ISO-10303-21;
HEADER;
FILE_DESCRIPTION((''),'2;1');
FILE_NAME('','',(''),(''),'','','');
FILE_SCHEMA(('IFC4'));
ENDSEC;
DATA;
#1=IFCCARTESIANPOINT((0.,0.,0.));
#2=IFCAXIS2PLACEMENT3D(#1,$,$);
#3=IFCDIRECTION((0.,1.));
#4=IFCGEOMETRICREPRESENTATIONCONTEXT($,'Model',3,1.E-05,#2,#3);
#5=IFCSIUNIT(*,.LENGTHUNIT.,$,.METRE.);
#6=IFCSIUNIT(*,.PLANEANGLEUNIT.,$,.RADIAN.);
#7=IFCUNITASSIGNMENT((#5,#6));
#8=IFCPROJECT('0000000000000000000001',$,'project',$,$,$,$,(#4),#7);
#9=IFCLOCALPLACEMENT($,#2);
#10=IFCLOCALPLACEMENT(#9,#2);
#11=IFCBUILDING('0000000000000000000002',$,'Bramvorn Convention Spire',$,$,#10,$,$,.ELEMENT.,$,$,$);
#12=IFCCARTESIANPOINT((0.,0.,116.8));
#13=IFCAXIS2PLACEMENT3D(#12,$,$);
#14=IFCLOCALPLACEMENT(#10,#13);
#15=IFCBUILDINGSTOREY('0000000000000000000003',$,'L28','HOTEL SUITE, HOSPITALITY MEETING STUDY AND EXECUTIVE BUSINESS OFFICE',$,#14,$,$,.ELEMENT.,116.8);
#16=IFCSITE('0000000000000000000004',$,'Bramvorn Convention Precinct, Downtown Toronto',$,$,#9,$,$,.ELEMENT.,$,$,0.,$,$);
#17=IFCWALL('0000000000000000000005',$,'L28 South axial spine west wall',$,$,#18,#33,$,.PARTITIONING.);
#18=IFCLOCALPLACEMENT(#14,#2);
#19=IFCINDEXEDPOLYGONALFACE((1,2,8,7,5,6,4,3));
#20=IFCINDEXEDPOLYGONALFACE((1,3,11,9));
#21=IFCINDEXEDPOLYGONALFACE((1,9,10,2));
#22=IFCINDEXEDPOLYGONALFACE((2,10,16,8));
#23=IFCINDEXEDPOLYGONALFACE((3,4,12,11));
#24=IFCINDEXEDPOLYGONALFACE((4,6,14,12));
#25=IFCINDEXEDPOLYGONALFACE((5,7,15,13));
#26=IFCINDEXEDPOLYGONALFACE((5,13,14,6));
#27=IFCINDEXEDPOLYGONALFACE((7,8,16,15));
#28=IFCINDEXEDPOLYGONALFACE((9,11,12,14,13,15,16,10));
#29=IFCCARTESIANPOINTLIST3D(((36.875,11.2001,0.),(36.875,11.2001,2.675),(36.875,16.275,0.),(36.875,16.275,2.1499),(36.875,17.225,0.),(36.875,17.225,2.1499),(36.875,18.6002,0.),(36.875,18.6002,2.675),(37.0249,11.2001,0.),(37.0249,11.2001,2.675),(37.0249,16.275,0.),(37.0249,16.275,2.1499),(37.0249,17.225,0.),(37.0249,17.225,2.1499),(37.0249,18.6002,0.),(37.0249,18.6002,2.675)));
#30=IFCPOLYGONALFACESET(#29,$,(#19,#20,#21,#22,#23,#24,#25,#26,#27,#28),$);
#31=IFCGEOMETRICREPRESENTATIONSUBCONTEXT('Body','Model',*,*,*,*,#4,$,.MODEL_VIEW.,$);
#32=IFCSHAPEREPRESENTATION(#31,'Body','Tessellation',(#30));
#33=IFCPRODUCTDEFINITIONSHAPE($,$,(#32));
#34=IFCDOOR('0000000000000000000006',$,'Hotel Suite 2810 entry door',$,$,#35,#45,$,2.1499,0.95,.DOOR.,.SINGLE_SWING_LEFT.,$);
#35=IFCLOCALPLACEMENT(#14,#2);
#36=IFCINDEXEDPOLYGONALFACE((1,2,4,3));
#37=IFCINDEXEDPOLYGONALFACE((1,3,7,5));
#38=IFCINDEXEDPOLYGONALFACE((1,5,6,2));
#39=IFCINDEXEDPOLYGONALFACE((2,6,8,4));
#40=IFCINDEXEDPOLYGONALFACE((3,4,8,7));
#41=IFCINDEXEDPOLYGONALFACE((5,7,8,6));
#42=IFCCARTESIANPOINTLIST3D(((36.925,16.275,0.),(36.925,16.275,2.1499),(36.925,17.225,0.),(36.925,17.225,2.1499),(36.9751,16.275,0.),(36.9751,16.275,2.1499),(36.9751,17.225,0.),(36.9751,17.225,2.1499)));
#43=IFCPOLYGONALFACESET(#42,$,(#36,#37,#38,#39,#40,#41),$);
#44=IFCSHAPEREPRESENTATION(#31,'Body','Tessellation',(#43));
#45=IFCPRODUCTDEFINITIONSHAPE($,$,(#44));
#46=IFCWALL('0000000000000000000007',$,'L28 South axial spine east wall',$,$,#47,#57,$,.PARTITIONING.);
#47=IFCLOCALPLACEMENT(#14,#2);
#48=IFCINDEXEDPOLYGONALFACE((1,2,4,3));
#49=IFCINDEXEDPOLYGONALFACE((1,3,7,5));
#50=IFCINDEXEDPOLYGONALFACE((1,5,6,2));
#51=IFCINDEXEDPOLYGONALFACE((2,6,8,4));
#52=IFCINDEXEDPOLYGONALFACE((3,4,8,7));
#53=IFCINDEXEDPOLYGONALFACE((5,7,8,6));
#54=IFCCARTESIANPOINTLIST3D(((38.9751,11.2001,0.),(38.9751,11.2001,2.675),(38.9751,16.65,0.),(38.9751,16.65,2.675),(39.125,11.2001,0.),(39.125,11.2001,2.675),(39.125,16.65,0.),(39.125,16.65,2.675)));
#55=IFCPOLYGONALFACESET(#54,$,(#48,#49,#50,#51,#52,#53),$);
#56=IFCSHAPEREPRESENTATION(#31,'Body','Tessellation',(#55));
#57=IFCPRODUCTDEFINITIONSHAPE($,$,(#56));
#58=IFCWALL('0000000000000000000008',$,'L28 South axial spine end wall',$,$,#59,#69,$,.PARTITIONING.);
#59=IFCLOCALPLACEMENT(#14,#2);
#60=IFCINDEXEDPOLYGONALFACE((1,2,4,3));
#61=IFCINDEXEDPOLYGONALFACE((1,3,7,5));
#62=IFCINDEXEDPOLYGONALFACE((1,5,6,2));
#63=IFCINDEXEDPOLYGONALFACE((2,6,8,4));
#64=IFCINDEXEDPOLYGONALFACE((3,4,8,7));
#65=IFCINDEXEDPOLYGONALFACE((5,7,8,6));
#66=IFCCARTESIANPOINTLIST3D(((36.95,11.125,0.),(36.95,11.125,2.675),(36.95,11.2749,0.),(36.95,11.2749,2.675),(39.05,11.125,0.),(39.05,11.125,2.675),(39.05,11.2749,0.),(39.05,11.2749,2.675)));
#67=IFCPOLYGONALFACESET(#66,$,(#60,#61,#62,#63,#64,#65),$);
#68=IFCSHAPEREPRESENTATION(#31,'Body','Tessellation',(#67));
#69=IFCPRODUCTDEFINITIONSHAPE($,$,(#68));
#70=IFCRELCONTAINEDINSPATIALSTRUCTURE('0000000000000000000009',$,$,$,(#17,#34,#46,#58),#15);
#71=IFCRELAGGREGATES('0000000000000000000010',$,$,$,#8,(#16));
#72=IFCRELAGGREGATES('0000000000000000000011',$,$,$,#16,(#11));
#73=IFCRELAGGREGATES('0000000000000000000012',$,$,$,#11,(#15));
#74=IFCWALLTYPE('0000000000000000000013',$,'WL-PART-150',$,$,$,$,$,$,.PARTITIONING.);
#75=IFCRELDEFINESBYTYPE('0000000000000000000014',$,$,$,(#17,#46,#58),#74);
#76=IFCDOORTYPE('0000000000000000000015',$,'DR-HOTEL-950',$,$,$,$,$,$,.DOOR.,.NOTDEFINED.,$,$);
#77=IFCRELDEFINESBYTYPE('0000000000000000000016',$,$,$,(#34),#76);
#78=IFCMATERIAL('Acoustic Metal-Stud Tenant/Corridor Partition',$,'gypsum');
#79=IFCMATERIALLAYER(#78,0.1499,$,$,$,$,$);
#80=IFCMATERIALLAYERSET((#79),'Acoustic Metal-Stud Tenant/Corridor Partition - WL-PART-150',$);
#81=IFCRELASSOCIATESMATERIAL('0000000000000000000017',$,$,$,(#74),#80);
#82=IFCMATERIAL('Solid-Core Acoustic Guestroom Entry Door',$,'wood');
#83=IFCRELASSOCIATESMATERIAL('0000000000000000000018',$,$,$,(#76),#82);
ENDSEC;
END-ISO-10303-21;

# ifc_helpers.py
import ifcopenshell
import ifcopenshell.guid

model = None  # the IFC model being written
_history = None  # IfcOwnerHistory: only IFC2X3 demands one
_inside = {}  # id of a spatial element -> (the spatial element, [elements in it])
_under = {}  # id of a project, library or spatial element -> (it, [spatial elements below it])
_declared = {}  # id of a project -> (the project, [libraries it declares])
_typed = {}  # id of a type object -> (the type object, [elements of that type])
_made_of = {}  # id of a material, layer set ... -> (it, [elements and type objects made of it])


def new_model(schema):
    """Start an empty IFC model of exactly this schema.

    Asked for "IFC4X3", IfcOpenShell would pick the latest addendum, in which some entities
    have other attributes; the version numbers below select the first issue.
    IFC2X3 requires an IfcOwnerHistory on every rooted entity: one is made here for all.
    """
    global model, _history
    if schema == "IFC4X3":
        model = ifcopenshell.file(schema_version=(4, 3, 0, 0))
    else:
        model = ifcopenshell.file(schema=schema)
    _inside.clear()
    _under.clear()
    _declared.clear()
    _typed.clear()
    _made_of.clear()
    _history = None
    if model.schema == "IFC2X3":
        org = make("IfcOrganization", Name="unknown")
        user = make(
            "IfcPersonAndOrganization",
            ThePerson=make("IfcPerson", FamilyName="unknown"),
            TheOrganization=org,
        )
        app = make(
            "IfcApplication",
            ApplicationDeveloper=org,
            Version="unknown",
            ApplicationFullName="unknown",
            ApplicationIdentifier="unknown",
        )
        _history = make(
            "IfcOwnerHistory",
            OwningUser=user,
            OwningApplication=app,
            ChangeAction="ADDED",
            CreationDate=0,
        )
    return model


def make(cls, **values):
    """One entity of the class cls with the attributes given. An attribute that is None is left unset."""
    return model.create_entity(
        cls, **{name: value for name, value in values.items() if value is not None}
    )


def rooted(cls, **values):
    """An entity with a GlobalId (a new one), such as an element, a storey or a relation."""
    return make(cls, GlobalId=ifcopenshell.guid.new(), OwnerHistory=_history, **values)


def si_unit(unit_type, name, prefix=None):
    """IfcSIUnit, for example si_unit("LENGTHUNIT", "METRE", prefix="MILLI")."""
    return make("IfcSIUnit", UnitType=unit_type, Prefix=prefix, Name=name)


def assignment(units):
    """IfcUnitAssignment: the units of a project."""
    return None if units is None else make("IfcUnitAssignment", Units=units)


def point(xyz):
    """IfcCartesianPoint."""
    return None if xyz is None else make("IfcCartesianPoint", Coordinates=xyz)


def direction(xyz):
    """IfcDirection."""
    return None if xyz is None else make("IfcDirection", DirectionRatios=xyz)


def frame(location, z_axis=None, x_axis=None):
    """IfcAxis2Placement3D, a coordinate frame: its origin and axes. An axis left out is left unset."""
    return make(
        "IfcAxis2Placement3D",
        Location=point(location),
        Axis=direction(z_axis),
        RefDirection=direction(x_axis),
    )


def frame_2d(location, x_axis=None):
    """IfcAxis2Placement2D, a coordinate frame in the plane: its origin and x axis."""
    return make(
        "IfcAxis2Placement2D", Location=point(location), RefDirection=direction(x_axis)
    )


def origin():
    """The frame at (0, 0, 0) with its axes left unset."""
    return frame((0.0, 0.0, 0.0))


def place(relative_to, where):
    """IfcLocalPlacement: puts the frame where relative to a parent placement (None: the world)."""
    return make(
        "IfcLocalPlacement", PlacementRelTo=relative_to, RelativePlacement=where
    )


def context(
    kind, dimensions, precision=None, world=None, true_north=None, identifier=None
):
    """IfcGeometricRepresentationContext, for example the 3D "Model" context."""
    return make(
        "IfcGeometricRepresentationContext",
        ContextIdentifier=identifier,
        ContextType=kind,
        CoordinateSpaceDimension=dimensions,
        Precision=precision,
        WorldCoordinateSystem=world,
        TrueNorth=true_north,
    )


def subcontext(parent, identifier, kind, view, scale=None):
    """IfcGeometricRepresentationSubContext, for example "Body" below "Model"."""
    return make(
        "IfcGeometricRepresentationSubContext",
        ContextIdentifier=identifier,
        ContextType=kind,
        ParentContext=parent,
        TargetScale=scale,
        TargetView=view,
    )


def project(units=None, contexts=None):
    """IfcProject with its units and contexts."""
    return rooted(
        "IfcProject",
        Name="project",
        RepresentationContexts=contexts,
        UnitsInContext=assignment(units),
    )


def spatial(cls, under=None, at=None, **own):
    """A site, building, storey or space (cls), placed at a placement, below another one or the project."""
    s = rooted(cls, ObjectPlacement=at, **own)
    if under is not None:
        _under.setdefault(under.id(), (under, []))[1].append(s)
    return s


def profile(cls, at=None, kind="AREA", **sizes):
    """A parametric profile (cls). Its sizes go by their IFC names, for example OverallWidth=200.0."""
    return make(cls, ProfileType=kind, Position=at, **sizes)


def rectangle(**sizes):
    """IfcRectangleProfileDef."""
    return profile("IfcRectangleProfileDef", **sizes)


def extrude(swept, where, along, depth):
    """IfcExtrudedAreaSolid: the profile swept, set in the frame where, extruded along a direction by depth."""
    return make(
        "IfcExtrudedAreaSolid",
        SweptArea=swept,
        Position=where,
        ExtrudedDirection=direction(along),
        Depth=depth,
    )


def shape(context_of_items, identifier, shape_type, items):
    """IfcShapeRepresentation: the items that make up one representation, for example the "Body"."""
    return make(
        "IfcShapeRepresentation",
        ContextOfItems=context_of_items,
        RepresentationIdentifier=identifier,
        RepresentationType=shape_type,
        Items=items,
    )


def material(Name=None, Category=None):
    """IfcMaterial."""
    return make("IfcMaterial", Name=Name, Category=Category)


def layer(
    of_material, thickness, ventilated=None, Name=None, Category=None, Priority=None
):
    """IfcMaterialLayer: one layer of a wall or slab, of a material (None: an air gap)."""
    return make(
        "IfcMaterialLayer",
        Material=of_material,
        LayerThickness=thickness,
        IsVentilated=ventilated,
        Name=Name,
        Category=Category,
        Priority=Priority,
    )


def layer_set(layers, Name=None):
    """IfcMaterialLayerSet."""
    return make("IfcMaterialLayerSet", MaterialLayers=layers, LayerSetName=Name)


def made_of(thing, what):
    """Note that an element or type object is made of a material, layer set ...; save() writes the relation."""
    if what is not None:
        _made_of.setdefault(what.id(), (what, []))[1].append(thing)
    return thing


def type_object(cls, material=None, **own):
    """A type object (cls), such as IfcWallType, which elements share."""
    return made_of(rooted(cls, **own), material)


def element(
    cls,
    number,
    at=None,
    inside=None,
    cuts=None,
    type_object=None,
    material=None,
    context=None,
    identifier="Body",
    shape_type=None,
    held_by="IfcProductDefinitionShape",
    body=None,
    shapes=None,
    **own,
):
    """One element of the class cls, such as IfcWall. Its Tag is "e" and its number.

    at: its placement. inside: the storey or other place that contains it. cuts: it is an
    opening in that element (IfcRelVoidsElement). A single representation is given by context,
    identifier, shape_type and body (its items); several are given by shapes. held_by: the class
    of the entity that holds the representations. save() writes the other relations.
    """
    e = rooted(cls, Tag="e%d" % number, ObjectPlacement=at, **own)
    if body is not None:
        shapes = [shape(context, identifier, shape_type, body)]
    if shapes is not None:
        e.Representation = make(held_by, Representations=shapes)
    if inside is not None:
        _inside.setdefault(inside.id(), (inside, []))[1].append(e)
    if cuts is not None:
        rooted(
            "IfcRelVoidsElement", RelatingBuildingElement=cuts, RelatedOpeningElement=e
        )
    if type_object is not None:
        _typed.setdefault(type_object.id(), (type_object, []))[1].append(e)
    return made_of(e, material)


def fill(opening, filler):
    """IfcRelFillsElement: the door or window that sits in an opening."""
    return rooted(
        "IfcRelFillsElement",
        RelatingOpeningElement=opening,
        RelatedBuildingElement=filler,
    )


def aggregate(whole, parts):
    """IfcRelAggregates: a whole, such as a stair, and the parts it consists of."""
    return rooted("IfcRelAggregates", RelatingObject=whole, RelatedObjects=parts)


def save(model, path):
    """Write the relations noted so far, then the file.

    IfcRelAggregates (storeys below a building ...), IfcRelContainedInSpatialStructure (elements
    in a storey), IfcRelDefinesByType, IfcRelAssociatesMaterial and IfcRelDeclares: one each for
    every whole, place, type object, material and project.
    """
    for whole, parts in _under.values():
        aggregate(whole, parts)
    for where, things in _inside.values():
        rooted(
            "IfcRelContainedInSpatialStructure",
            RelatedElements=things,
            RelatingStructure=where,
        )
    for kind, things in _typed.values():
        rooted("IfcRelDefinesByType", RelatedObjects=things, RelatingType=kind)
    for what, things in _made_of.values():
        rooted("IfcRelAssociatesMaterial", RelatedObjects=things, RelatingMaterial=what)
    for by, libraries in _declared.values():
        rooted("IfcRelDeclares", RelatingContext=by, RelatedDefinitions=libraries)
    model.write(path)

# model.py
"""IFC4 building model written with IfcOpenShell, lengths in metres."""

from ifc_helpers import new_model, si_unit, direction, frame, frame_2d, origin, place, context, subcontext, project, spatial, rectangle, extrude, material, layer, layer_set, type_object, element, fill, save


model = new_model("IFC4")

# Units and contexts
model_context = context("Model", 3, precision=1e-05, world=origin(), true_north=direction((0.0, 1.0)))
body_context = subcontext(model_context, "Body", "Model", "MODEL_VIEW")
ifc_project = project(units=[si_unit("LENGTHUNIT", "METRE"), si_unit("PLANEANGLEUNIT", "RADIAN")], contexts=[model_context])

# Site, building, storey
site_placement = place(None, origin())
site = spatial("IfcSite", under=ifc_project, at=site_placement, Name="Bramvorn Convention Precinct, Downtown Toronto", CompositionType="ELEMENT", RefElevation=0.0)
building_placement = place(site_placement, origin())
building = spatial("IfcBuilding", under=site, at=building_placement, Name="Bramvorn Convention Spire", CompositionType="ELEMENT")
storey_placement = place(building_placement, frame((0.0, 0.0, 116.8)))
storey = spatial("IfcBuildingStorey", under=building, at=storey_placement, Name="L28", Description="HOTEL SUITE, HOSPITALITY MEETING STUDY AND EXECUTIVE BUSINESS OFFICE", CompositionType="ELEMENT", Elevation=116.8)

# Wall, opening, door
ifc_material_1 = material(Name="Acoustic Metal-Stud Tenant/Corridor Partition", Category="gypsum")
ifc_layer_1 = layer(ifc_material_1, 0.1499)
ifc_layer_set_1 = layer_set([ifc_layer_1], Name="Acoustic Metal-Stud Tenant/Corridor Partition - WL-PART-150")
wall_type_1 = type_object("IfcWallType", Name="WL-PART-150", PredefinedType="PARTITIONING", material=ifc_layer_set_1)
wall_1_placement = place(storey_placement, frame((36.95, 11.2, 0.0), z_axis=(0.0, 0.0, 1.0), x_axis=(0.0, 1.0, 0.0)))
wall_1 = element("IfcWall", 1, at=wall_1_placement, inside=storey, type_object=wall_type_1, Name="L28 South axial spine west wall", PredefinedType="PARTITIONING", context=body_context, shape_type="SweptSolid", body=[
    extrude(rectangle(XDim=7.4001, YDim=0.1499, at=frame_2d((3.7002, 0.0))), origin(), (0.0, 0.0, 1.0), 2.675),
])
opening_1_placement = place(wall_1_placement, frame((5.075, 0.0, 0.0)))
opening_1 = element("IfcOpeningElement", 2, at=opening_1_placement, cuts=wall_1, PredefinedType="OPENING", context=body_context, shape_type="SweptSolid", body=[
    extrude(rectangle(XDim=0.95, YDim=2.1499, at=frame_2d((0.4751, 1.075))), frame((0.0, 0.085, 0.0), z_axis=(0.0, -1.0, 0.0), x_axis=(1.0, 0.0, 0.0)), (0.0, 0.0, 1.0), 0.1699),
])
ifc_material_2 = material(Name="Solid-Core Acoustic Guestroom Entry Door", Category="wood")
door_type_1 = type_object("IfcDoorType", Name="DR-HOTEL-950", OperationType="NOTDEFINED", PredefinedType="DOOR", material=ifc_material_2)
door_1_placement = place(opening_1_placement, origin())
door_1 = element("IfcDoor", 3, at=door_1_placement, inside=storey, type_object=door_type_1, Name="Hotel Suite 2810 entry door", OperationType="SINGLE_SWING_LEFT", OverallHeight=2.1499, OverallWidth=0.95, PredefinedType="DOOR", context=body_context, shape_type="SweptSolid", body=[
    extrude(rectangle(XDim=0.95, YDim=2.1499, at=frame_2d((0.4751, 1.075))), frame((0.0, 0.0249, 0.0), z_axis=(0.0, -1.0, 0.0), x_axis=(1.0, 0.0, 0.0)), (0.0, 0.0, 1.0), 0.05),
])
fill(opening_1, door_1)

# Wall
wall_2_placement = place(storey_placement, frame((39.05, 11.2, 0.0), z_axis=(0.0, 0.0, 1.0), x_axis=(0.0, 1.0, 0.0)))
element("IfcWall", 4, at=wall_2_placement, inside=storey, type_object=wall_type_1, Name="L28 South axial spine east wall", PredefinedType="PARTITIONING", context=body_context, shape_type="SweptSolid", body=[
    extrude(rectangle(XDim=5.45, YDim=0.1499, at=frame_2d((2.7251, 0.0))), origin(), (0.0, 0.0, 1.0), 2.675),
])

# Wall
wall_3_placement = place(storey_placement, frame((36.95, 11.2, 0.0), z_axis=(0.0, 0.0, 1.0), x_axis=(1.0, 0.0, 0.0)))
element("IfcWall", 5, at=wall_3_placement, inside=storey, type_object=wall_type_1, Name="L28 South axial spine end wall", PredefinedType="PARTITIONING", context=body_context, shape_type="SweptSolid", body=[
    extrude(rectangle(XDim=2.1001, YDim=0.1499, at=frame_2d((1.05, 0.0))), origin(), (0.0, 0.0, 1.0), 2.675),
])

save(model, "model.ifc")
